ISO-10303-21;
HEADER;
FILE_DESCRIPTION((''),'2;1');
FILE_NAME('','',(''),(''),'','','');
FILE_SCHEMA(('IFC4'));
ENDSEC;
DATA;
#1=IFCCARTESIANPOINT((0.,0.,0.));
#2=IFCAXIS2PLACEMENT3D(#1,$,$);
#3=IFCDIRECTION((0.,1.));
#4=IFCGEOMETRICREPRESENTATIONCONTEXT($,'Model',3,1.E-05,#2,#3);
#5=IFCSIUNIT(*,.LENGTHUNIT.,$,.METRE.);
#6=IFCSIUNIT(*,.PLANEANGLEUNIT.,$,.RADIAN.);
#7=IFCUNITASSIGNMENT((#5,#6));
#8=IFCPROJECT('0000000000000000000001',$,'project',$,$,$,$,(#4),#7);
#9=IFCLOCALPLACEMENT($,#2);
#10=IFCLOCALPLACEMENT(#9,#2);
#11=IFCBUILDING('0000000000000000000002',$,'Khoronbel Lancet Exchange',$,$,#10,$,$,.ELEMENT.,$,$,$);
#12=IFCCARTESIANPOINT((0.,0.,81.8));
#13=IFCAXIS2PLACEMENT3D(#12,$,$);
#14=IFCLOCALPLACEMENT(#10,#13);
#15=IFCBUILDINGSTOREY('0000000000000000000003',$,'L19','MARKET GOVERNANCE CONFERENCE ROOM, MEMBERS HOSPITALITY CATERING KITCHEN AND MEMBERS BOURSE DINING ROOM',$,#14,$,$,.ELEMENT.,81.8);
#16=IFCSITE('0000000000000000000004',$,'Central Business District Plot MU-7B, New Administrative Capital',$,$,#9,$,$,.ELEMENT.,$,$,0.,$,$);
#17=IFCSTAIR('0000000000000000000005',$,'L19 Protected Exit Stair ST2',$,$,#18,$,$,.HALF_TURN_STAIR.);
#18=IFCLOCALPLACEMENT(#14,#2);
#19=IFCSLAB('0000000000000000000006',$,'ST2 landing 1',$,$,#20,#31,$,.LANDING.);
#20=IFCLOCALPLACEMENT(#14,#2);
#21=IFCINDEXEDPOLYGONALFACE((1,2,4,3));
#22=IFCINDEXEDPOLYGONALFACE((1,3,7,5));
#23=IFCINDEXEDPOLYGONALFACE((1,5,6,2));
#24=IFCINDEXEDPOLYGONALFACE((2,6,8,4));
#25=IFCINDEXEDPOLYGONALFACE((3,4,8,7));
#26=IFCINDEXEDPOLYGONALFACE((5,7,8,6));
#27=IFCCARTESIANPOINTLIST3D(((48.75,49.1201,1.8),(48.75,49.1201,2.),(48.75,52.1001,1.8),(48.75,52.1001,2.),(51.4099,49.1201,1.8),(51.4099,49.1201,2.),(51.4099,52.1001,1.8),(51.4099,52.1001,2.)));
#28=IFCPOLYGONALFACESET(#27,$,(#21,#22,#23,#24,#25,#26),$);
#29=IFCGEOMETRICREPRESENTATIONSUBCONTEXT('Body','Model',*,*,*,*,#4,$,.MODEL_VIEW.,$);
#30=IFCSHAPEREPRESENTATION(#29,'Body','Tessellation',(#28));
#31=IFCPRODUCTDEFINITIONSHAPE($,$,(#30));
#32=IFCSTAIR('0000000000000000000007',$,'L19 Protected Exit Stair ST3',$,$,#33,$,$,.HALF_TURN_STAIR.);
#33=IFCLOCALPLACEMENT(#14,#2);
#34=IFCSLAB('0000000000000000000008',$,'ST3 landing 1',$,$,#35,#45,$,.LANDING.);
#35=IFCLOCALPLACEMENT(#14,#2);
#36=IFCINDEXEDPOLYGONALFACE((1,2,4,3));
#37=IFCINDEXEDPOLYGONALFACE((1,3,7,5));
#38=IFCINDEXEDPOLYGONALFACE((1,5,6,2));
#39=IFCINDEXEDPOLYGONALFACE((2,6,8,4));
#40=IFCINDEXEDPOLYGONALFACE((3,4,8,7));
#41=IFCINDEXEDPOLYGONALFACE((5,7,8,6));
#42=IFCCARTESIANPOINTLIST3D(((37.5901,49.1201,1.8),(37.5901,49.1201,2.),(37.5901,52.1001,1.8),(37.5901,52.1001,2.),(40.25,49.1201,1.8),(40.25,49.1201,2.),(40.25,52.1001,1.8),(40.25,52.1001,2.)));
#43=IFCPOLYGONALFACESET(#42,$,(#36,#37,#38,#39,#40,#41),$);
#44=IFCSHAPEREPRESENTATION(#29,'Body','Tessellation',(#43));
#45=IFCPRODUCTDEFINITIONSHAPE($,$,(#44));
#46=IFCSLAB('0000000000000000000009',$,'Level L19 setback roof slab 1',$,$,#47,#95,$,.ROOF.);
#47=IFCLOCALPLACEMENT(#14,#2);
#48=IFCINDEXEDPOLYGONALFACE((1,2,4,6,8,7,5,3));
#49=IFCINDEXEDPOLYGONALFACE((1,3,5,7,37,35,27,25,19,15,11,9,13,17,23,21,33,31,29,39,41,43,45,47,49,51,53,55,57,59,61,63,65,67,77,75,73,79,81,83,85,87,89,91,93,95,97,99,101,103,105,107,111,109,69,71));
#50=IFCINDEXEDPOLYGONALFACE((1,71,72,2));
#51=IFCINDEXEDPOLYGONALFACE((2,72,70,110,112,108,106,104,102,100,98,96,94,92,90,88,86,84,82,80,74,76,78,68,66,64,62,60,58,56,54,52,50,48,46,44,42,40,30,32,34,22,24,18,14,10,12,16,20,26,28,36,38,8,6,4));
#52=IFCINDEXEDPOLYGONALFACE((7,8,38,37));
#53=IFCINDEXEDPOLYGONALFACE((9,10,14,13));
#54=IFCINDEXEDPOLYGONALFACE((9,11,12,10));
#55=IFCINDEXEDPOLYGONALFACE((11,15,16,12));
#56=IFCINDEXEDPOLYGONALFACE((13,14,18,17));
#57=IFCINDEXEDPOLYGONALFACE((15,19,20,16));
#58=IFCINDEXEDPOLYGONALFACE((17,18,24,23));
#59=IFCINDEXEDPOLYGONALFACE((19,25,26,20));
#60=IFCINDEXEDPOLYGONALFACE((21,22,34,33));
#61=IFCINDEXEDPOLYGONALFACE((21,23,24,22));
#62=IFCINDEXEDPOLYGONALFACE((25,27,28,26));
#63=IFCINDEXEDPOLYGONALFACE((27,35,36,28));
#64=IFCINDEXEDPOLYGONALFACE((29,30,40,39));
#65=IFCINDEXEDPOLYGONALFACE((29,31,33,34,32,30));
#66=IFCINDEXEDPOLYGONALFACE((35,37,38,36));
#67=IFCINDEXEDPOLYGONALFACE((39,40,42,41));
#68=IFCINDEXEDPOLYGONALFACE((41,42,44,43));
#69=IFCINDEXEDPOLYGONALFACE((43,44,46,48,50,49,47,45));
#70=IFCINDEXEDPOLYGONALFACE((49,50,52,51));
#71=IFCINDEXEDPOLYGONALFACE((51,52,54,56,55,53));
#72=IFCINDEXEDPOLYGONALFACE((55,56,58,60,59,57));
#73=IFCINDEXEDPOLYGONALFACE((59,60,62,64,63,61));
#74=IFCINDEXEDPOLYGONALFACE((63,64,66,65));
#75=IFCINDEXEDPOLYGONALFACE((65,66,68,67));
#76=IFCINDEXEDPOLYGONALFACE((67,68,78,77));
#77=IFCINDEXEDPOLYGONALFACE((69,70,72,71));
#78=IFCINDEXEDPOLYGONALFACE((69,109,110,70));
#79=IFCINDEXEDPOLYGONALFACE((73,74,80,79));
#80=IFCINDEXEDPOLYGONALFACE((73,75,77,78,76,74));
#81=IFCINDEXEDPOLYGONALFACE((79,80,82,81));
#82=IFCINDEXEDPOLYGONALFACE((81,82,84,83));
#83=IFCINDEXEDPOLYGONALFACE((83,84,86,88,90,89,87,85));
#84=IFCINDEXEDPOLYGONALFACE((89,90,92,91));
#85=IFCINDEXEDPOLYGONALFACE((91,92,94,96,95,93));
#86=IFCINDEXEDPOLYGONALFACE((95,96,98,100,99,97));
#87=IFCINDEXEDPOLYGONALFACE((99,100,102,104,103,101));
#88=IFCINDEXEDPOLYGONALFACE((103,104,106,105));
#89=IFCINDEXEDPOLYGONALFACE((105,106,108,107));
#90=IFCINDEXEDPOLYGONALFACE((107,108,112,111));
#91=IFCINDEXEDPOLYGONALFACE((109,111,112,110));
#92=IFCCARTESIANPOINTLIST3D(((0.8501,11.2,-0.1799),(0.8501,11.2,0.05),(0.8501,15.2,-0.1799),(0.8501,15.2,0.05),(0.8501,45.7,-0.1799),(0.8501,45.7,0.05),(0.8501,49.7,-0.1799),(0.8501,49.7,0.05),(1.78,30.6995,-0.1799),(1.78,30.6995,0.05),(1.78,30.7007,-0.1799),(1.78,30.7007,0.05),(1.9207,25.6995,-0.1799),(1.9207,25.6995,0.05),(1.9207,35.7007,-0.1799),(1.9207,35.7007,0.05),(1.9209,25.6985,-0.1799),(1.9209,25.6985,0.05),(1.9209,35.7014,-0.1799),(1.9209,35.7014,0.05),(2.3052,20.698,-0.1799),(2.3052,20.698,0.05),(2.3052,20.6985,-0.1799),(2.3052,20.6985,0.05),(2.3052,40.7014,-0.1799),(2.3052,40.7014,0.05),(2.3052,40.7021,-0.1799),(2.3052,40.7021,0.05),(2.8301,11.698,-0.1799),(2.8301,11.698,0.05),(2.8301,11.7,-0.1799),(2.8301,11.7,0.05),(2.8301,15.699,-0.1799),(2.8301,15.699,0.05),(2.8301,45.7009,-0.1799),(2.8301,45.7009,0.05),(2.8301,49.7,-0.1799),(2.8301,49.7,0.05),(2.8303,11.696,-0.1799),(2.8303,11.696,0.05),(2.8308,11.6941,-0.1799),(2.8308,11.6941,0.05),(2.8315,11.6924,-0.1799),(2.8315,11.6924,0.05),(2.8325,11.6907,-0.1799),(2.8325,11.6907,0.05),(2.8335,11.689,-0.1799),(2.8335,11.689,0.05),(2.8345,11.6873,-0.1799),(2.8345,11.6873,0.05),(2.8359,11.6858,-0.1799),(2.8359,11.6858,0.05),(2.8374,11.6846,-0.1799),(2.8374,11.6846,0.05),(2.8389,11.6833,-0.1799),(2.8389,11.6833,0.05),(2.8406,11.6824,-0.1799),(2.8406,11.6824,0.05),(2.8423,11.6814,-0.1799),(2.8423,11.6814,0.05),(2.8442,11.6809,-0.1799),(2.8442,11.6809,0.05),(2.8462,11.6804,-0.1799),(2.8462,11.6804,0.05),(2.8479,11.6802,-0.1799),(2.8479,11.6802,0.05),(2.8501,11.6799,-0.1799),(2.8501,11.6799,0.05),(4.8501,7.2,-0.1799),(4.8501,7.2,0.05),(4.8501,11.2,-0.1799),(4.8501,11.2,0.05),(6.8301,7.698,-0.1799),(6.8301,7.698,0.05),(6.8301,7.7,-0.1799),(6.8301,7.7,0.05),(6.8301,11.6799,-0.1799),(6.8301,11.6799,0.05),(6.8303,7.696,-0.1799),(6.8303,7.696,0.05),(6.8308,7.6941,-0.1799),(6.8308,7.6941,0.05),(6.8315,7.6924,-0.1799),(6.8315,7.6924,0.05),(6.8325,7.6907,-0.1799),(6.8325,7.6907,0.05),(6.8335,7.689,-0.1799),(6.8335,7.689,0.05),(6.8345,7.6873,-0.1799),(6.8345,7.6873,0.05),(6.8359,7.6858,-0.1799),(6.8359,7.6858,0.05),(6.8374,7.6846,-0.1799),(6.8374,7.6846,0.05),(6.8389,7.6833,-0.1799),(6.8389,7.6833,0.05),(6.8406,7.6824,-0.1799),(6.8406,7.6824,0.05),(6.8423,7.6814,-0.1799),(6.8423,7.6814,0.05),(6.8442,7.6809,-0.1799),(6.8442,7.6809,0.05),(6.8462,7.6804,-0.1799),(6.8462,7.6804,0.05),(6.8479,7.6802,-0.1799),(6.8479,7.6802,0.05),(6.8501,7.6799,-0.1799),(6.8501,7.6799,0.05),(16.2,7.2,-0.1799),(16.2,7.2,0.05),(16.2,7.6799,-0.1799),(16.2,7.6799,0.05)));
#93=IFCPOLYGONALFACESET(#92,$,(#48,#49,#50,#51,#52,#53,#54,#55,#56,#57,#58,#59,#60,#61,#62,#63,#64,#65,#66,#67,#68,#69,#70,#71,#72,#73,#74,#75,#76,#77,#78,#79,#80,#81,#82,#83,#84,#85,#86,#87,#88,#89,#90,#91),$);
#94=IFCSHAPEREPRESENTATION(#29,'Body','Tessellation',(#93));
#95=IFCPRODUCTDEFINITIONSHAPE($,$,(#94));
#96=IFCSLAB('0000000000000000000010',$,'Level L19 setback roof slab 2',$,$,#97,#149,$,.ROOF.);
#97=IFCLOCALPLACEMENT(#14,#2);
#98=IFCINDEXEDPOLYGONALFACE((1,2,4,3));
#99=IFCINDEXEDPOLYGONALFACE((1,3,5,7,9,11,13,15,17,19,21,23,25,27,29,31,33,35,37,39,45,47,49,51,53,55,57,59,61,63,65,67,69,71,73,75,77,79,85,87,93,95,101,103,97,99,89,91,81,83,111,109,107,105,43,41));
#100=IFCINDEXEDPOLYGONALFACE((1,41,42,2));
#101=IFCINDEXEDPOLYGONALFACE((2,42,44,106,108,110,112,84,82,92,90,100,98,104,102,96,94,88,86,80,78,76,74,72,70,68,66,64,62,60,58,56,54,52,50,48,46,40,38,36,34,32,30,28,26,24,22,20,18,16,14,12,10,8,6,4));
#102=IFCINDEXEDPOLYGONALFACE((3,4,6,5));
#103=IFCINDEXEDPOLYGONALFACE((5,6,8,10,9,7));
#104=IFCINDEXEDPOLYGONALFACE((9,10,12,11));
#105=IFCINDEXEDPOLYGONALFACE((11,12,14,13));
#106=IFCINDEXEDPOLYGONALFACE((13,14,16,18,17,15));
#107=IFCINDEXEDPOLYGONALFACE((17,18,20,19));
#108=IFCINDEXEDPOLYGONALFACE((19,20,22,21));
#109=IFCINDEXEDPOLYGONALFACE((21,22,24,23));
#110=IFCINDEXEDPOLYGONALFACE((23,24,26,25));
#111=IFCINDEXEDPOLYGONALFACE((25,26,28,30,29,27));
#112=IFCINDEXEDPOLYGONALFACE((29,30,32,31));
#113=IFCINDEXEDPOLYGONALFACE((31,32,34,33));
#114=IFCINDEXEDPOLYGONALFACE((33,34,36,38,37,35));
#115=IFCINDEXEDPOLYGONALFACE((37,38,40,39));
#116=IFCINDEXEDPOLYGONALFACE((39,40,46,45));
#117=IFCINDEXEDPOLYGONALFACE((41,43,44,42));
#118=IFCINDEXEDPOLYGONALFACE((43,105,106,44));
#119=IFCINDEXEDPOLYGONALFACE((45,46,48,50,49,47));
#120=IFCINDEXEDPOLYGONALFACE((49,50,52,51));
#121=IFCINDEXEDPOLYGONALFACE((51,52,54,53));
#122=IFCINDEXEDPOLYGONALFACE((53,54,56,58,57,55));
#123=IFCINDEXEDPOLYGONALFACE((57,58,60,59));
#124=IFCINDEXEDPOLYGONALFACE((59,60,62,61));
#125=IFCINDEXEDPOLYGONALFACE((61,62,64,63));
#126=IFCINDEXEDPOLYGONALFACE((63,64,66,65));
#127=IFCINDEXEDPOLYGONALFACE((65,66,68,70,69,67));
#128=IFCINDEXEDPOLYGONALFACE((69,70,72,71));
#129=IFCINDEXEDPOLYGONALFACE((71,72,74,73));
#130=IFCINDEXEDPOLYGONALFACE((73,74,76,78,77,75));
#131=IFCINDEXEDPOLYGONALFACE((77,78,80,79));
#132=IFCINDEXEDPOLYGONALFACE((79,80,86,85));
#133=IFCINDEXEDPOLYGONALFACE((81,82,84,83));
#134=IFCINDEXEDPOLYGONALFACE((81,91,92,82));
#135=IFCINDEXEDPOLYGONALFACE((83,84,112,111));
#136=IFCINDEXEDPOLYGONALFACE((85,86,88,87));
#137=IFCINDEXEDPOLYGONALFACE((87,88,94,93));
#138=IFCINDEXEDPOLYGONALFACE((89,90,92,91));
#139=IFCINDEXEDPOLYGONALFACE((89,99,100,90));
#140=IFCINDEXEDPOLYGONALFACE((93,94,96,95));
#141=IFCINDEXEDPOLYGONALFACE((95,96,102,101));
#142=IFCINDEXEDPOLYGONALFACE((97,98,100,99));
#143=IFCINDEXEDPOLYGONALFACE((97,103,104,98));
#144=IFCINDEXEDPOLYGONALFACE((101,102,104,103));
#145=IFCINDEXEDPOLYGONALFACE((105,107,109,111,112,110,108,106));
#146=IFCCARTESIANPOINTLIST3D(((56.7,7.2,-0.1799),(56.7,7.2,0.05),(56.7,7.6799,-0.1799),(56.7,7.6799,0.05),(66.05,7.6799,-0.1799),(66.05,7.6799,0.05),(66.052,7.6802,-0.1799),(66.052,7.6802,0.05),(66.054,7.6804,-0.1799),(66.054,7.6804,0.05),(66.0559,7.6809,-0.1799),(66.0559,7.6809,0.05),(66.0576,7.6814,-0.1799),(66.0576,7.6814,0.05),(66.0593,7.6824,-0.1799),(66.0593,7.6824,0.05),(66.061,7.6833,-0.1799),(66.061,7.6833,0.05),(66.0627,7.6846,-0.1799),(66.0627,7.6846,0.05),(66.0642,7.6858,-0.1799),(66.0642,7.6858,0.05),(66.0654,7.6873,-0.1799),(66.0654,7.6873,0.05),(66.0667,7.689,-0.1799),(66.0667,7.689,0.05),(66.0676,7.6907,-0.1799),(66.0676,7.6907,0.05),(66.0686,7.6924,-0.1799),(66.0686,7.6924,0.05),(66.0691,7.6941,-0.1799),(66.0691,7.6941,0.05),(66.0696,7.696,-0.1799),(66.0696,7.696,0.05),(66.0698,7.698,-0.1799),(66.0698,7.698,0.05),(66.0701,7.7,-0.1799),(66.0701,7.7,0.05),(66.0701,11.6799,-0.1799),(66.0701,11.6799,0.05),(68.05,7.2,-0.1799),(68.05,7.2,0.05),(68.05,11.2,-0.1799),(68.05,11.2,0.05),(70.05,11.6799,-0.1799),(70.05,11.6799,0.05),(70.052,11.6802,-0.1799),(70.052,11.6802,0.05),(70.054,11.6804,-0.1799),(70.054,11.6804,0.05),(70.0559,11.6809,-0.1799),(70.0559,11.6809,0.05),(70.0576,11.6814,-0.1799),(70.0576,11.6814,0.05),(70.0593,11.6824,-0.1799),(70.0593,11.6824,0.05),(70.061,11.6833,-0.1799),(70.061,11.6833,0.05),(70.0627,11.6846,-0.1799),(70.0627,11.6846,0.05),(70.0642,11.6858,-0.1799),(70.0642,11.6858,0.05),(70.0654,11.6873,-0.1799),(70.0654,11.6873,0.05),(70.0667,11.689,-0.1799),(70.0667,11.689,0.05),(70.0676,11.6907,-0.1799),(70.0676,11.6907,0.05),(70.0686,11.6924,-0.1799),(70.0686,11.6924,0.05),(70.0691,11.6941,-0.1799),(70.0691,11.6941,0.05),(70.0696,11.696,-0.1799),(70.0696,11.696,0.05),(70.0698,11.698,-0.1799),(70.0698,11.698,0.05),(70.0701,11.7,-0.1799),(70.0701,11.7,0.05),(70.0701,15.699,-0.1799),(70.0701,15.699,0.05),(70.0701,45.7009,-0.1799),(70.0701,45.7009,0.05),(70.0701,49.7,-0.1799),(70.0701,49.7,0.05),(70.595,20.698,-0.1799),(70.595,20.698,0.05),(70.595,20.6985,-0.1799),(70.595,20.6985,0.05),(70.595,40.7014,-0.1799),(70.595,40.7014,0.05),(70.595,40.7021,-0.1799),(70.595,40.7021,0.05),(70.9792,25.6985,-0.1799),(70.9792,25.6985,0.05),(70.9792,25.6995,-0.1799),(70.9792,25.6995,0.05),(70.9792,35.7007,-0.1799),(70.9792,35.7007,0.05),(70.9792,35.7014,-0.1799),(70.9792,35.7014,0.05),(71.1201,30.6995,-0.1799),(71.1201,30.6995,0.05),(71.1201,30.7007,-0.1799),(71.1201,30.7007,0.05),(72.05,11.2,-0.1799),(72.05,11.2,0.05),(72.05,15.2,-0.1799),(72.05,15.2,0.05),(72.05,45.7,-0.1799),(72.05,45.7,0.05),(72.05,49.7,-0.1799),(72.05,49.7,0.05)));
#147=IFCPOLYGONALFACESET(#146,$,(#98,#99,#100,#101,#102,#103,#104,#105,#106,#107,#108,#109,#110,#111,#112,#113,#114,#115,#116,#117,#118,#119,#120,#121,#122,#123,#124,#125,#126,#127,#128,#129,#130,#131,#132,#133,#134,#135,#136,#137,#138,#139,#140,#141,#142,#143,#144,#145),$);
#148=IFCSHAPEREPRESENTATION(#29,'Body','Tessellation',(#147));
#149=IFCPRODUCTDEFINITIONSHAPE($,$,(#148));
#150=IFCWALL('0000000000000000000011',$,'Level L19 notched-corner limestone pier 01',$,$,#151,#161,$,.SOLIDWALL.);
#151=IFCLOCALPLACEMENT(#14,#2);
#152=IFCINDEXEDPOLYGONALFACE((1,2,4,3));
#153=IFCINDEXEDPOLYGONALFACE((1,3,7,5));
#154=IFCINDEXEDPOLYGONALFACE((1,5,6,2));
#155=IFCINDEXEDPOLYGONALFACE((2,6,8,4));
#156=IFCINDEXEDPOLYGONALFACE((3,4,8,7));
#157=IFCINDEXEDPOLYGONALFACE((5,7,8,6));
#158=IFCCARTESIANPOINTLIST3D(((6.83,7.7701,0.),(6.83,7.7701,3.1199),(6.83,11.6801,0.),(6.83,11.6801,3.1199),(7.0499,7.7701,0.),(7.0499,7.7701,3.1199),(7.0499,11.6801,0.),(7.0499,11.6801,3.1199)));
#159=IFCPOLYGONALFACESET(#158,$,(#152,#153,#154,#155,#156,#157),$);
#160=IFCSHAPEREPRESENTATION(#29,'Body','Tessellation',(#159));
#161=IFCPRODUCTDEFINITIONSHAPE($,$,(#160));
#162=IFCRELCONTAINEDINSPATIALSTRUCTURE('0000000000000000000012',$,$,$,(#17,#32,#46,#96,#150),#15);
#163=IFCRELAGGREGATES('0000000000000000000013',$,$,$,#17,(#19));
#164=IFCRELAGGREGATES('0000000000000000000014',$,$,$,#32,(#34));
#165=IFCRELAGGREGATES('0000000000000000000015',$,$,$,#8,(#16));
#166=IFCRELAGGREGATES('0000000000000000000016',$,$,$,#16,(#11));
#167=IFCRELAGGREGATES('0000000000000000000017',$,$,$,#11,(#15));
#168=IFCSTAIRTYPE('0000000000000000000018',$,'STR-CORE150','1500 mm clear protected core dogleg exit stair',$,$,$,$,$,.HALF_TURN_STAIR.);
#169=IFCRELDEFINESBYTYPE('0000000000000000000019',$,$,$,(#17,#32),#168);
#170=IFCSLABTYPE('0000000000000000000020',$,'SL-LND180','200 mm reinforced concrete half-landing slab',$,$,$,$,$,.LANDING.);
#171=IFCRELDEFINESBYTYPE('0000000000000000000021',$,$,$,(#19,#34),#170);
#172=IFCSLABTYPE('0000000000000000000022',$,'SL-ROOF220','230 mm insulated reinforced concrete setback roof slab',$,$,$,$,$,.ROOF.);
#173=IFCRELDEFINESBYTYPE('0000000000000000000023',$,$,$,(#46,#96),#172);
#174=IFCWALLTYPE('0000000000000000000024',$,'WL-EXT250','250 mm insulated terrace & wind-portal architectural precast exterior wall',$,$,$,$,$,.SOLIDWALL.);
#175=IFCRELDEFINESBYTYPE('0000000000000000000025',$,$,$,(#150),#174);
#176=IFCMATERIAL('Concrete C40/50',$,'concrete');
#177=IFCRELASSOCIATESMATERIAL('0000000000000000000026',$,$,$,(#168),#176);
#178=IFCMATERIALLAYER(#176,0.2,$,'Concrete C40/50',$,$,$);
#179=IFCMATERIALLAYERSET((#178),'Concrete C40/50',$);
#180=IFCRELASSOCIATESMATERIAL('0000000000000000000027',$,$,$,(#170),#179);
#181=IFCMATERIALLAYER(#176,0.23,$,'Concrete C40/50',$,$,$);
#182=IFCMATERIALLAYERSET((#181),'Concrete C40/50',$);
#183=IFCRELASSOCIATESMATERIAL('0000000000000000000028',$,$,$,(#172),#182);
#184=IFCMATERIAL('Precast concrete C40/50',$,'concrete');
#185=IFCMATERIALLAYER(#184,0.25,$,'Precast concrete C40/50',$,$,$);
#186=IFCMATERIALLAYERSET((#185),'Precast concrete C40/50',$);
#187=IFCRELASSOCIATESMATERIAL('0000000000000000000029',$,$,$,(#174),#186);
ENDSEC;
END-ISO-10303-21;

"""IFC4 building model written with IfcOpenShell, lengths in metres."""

from ifc_helpers import new_model, si_unit, direction, frame, frame_2d, origin, place, context, subcontext, project, spatial, polyline, rectangle, outline, extrude, material, layer, layer_set, type_object, element, aggregate, save


model = new_model("IFC4")

# Units and contexts
model_context = context("Model", 3, precision=1e-05, world=origin(), true_north=direction((0.0, 1.0)))
body_context = subcontext(model_context, "Body", "Model", "MODEL_VIEW")
ifc_project = project(units=[si_unit("LENGTHUNIT", "METRE"), si_unit("PLANEANGLEUNIT", "RADIAN")], contexts=[model_context])

# Site, building, storey
site_placement = place(None, origin())
site = spatial("IfcSite", under=ifc_project, at=site_placement, Name="Central Business District Plot MU-7B, New Administrative Capital", CompositionType="ELEMENT", RefElevation=0.0)
building_placement = place(site_placement, origin())
building = spatial("IfcBuilding", under=site, at=building_placement, Name="Khoronbel Lancet Exchange", CompositionType="ELEMENT")
storey_placement = place(building_placement, frame((0.0, 0.0, 81.8)))
storey = spatial("IfcBuildingStorey", under=building, at=storey_placement, Name="L19", Description="MARKET GOVERNANCE CONFERENCE ROOM, MEMBERS HOSPITALITY CATERING KITCHEN AND MEMBERS BOURSE DINING ROOM", CompositionType="ELEMENT", Elevation=81.8)

# Shared definitions
ifc_material_1 = material(Name="Concrete C40/50", Category="concrete")

# Stairs, slabs
stair_type = type_object("IfcStairType", Name="STR-CORE150", Description="1500 mm clear protected core dogleg exit stair", PredefinedType="HALF_TURN_STAIR", material=ifc_material_1)
ifc_layer_1 = layer(ifc_material_1, 0.2, Name="Concrete C40/50")
ifc_layer_set_1 = layer_set([ifc_layer_1], Name="Concrete C40/50")
slab_type_1 = type_object("IfcSlabType", Name="SL-LND180", Description="200 mm reinforced concrete half-landing slab", PredefinedType="LANDING", material=ifc_layer_set_1)
stair_1_placement = place(storey_placement, origin())
stair_1 = element("IfcStair", 1, at=stair_1_placement, inside=storey, type_object=stair_type, Name="L19 Protected Exit Stair ST2", PredefinedType="HALF_TURN_STAIR")
slab_1_placement = place(storey_placement, frame((0.0, 0.0, 1.8)))
slab_1 = element("IfcSlab", 2, at=slab_1_placement, type_object=slab_type_1, Name="ST2 landing 1", PredefinedType="LANDING", context=body_context, shape_type="SweptSolid", body=[
    extrude(outline(polyline([(51.4099, 52.1001), (48.75, 52.1001), (48.75, 49.1201), (51.4099, 49.1201), (51.4099, 52.1001)])), origin(), (0.0, 0.0, 1.0), 0.2),
])
aggregate(stair_1, [slab_1])
stair_2_placement = place(storey_placement, origin())
stair_2 = element("IfcStair", 3, at=stair_2_placement, inside=storey, type_object=stair_type, Name="L19 Protected Exit Stair ST3", PredefinedType="HALF_TURN_STAIR")
slab_2_placement = place(storey_placement, frame((0.0, 0.0, 1.8)))
slab_2 = element("IfcSlab", 4, at=slab_2_placement, type_object=slab_type_1, Name="ST3 landing 1", PredefinedType="LANDING", context=body_context, shape_type="SweptSolid", body=[
    extrude(outline(polyline([(37.5901, 49.1201), (40.25, 49.1201), (40.25, 52.1001), (37.5901, 52.1001), (37.5901, 49.1201)])), origin(), (0.0, 0.0, 1.0), 0.2),
])
aggregate(stair_2, [slab_2])

# Slabs
ifc_layer_2 = layer(ifc_material_1, 0.23, Name="Concrete C40/50")
ifc_layer_set_2 = layer_set([ifc_layer_2], Name="Concrete C40/50")
slab_type_2 = type_object("IfcSlabType", Name="SL-ROOF220", Description="230 mm insulated reinforced concrete setback roof slab", PredefinedType="ROOF", material=ifc_layer_set_2)
slab_3_placement = place(storey_placement, frame((0.0, 0.0, -0.1799)))
element("IfcSlab", 5, at=slab_3_placement, inside=storey, type_object=slab_type_2, Name="Level L19 setback roof slab 1", PredefinedType="ROOF", context=body_context, shape_type="SweptSolid", body=[
    extrude(outline(polyline([(4.8501, 7.2), (4.8501, 11.2), (0.8501, 11.2), (0.8501, 15.2), (0.8501, 45.7), (0.8501, 49.7), (2.8301, 49.7), (2.8301, 45.7009), (2.3052, 40.7021), (2.3052, 40.7014), (1.9209, 35.7014), (1.9207, 35.7007), (1.78, 30.7007), (1.78, 30.6995), (1.9207, 25.6995), (1.9209, 25.6985), (2.3052, 20.6985), (2.3052, 20.698), (2.8301, 15.699), (2.8301, 11.7), (2.8301, 11.698), (2.8303, 11.696), (2.8308, 11.6941), (2.8315, 11.6924), (2.8325, 11.6907), (2.8335, 11.689), (2.8345, 11.6873), (2.8359, 11.6858), (2.8374, 11.6846), (2.8389, 11.6833), (2.8406, 11.6824), (2.8423, 11.6814), (2.8442, 11.6809), (2.8462, 11.6804), (2.8479, 11.6802), (2.8501, 11.6799), (6.8301, 11.6799), (6.8301, 7.7), (6.8301, 7.698), (6.8303, 7.696), (6.8308, 7.6941), (6.8315, 7.6924), (6.8325, 7.6907), (6.8335, 7.689), (6.8345, 7.6873), (6.8359, 7.6858), (6.8374, 7.6846), (6.8389, 7.6833), (6.8406, 7.6824), (6.8423, 7.6814), (6.8442, 7.6809), (6.8462, 7.6804), (6.8479, 7.6802), (6.8501, 7.6799), (16.2, 7.6799), (16.2, 7.2), (4.8501, 7.2)])), origin(), (0.0, 0.0, 1.0), 0.23),
])
slab_4_placement = place(storey_placement, frame((0.0, 0.0, -0.1799)))
element("IfcSlab", 6, at=slab_4_placement, inside=storey, type_object=slab_type_2, Name="Level L19 setback roof slab 2", PredefinedType="ROOF", context=body_context, shape_type="SweptSolid", body=[
    extrude(outline(polyline([(72.05, 45.7), (72.05, 15.2), (72.05, 11.2), (68.05, 11.2), (68.05, 7.2), (56.7, 7.2), (56.7, 7.6799), (66.05, 7.6799), (66.052, 7.6802), (66.054, 7.6804), (66.0559, 7.6809), (66.0576, 7.6814), (66.0593, 7.6824), (66.061, 7.6833), (66.0627, 7.6846), (66.0642, 7.6858), (66.0654, 7.6873), (66.0667, 7.689), (66.0676, 7.6907), (66.0686, 7.6924), (66.0691, 7.6941), (66.0696, 7.696), (66.0698, 7.698), (66.0701, 7.7), (66.0701, 11.6799), (70.05, 11.6799), (70.052, 11.6802), (70.054, 11.6804), (70.0559, 11.6809), (70.0576, 11.6814), (70.0593, 11.6824), (70.061, 11.6833), (70.0627, 11.6846), (70.0642, 11.6858), (70.0654, 11.6873), (70.0667, 11.689), (70.0676, 11.6907), (70.0686, 11.6924), (70.0691, 11.6941), (70.0696, 11.696), (70.0698, 11.698), (70.0701, 11.7), (70.0701, 15.699), (70.595, 20.698), (70.595, 20.6985), (70.9792, 25.6985), (70.9792, 25.6995), (71.1201, 30.6995), (71.1201, 30.7007), (70.9792, 35.7007), (70.9792, 35.7014), (70.595, 40.7014), (70.595, 40.7021), (70.0701, 45.7009), (70.0701, 49.7), (72.05, 49.7), (72.05, 45.7)])), origin(), (0.0, 0.0, 1.0), 0.23),
])

# Wall
ifc_material_2 = material(Name="Precast concrete C40/50", Category="concrete")
ifc_layer_3 = layer(ifc_material_2, 0.25, Name="Precast concrete C40/50")
ifc_layer_set_3 = layer_set([ifc_layer_3], Name="Precast concrete C40/50")
wall_type = type_object("IfcWallType", Name="WL-EXT250", Description="250 mm insulated terrace & wind-portal architectural precast exterior wall", PredefinedType="SOLIDWALL", material=ifc_layer_set_3)
wall_placement = place(storey_placement, frame((6.9399, 7.77, 0.0), z_axis=(0.0, 0.0, 1.0), x_axis=(0.0, 1.0, 0.0)))
element("IfcWall", 7, at=wall_placement, inside=storey, type_object=wall_type, Name="Level L19 notched-corner limestone pier 01", PredefinedType="SOLIDWALL", context=body_context, shape_type="SweptSolid", body=[
    extrude(rectangle(XDim=3.9099, YDim=0.22, at=frame_2d((1.9551, 0.0))), origin(), (0.0, 0.0, 1.0), 3.1199),
])

save(model, "model.ifc")
